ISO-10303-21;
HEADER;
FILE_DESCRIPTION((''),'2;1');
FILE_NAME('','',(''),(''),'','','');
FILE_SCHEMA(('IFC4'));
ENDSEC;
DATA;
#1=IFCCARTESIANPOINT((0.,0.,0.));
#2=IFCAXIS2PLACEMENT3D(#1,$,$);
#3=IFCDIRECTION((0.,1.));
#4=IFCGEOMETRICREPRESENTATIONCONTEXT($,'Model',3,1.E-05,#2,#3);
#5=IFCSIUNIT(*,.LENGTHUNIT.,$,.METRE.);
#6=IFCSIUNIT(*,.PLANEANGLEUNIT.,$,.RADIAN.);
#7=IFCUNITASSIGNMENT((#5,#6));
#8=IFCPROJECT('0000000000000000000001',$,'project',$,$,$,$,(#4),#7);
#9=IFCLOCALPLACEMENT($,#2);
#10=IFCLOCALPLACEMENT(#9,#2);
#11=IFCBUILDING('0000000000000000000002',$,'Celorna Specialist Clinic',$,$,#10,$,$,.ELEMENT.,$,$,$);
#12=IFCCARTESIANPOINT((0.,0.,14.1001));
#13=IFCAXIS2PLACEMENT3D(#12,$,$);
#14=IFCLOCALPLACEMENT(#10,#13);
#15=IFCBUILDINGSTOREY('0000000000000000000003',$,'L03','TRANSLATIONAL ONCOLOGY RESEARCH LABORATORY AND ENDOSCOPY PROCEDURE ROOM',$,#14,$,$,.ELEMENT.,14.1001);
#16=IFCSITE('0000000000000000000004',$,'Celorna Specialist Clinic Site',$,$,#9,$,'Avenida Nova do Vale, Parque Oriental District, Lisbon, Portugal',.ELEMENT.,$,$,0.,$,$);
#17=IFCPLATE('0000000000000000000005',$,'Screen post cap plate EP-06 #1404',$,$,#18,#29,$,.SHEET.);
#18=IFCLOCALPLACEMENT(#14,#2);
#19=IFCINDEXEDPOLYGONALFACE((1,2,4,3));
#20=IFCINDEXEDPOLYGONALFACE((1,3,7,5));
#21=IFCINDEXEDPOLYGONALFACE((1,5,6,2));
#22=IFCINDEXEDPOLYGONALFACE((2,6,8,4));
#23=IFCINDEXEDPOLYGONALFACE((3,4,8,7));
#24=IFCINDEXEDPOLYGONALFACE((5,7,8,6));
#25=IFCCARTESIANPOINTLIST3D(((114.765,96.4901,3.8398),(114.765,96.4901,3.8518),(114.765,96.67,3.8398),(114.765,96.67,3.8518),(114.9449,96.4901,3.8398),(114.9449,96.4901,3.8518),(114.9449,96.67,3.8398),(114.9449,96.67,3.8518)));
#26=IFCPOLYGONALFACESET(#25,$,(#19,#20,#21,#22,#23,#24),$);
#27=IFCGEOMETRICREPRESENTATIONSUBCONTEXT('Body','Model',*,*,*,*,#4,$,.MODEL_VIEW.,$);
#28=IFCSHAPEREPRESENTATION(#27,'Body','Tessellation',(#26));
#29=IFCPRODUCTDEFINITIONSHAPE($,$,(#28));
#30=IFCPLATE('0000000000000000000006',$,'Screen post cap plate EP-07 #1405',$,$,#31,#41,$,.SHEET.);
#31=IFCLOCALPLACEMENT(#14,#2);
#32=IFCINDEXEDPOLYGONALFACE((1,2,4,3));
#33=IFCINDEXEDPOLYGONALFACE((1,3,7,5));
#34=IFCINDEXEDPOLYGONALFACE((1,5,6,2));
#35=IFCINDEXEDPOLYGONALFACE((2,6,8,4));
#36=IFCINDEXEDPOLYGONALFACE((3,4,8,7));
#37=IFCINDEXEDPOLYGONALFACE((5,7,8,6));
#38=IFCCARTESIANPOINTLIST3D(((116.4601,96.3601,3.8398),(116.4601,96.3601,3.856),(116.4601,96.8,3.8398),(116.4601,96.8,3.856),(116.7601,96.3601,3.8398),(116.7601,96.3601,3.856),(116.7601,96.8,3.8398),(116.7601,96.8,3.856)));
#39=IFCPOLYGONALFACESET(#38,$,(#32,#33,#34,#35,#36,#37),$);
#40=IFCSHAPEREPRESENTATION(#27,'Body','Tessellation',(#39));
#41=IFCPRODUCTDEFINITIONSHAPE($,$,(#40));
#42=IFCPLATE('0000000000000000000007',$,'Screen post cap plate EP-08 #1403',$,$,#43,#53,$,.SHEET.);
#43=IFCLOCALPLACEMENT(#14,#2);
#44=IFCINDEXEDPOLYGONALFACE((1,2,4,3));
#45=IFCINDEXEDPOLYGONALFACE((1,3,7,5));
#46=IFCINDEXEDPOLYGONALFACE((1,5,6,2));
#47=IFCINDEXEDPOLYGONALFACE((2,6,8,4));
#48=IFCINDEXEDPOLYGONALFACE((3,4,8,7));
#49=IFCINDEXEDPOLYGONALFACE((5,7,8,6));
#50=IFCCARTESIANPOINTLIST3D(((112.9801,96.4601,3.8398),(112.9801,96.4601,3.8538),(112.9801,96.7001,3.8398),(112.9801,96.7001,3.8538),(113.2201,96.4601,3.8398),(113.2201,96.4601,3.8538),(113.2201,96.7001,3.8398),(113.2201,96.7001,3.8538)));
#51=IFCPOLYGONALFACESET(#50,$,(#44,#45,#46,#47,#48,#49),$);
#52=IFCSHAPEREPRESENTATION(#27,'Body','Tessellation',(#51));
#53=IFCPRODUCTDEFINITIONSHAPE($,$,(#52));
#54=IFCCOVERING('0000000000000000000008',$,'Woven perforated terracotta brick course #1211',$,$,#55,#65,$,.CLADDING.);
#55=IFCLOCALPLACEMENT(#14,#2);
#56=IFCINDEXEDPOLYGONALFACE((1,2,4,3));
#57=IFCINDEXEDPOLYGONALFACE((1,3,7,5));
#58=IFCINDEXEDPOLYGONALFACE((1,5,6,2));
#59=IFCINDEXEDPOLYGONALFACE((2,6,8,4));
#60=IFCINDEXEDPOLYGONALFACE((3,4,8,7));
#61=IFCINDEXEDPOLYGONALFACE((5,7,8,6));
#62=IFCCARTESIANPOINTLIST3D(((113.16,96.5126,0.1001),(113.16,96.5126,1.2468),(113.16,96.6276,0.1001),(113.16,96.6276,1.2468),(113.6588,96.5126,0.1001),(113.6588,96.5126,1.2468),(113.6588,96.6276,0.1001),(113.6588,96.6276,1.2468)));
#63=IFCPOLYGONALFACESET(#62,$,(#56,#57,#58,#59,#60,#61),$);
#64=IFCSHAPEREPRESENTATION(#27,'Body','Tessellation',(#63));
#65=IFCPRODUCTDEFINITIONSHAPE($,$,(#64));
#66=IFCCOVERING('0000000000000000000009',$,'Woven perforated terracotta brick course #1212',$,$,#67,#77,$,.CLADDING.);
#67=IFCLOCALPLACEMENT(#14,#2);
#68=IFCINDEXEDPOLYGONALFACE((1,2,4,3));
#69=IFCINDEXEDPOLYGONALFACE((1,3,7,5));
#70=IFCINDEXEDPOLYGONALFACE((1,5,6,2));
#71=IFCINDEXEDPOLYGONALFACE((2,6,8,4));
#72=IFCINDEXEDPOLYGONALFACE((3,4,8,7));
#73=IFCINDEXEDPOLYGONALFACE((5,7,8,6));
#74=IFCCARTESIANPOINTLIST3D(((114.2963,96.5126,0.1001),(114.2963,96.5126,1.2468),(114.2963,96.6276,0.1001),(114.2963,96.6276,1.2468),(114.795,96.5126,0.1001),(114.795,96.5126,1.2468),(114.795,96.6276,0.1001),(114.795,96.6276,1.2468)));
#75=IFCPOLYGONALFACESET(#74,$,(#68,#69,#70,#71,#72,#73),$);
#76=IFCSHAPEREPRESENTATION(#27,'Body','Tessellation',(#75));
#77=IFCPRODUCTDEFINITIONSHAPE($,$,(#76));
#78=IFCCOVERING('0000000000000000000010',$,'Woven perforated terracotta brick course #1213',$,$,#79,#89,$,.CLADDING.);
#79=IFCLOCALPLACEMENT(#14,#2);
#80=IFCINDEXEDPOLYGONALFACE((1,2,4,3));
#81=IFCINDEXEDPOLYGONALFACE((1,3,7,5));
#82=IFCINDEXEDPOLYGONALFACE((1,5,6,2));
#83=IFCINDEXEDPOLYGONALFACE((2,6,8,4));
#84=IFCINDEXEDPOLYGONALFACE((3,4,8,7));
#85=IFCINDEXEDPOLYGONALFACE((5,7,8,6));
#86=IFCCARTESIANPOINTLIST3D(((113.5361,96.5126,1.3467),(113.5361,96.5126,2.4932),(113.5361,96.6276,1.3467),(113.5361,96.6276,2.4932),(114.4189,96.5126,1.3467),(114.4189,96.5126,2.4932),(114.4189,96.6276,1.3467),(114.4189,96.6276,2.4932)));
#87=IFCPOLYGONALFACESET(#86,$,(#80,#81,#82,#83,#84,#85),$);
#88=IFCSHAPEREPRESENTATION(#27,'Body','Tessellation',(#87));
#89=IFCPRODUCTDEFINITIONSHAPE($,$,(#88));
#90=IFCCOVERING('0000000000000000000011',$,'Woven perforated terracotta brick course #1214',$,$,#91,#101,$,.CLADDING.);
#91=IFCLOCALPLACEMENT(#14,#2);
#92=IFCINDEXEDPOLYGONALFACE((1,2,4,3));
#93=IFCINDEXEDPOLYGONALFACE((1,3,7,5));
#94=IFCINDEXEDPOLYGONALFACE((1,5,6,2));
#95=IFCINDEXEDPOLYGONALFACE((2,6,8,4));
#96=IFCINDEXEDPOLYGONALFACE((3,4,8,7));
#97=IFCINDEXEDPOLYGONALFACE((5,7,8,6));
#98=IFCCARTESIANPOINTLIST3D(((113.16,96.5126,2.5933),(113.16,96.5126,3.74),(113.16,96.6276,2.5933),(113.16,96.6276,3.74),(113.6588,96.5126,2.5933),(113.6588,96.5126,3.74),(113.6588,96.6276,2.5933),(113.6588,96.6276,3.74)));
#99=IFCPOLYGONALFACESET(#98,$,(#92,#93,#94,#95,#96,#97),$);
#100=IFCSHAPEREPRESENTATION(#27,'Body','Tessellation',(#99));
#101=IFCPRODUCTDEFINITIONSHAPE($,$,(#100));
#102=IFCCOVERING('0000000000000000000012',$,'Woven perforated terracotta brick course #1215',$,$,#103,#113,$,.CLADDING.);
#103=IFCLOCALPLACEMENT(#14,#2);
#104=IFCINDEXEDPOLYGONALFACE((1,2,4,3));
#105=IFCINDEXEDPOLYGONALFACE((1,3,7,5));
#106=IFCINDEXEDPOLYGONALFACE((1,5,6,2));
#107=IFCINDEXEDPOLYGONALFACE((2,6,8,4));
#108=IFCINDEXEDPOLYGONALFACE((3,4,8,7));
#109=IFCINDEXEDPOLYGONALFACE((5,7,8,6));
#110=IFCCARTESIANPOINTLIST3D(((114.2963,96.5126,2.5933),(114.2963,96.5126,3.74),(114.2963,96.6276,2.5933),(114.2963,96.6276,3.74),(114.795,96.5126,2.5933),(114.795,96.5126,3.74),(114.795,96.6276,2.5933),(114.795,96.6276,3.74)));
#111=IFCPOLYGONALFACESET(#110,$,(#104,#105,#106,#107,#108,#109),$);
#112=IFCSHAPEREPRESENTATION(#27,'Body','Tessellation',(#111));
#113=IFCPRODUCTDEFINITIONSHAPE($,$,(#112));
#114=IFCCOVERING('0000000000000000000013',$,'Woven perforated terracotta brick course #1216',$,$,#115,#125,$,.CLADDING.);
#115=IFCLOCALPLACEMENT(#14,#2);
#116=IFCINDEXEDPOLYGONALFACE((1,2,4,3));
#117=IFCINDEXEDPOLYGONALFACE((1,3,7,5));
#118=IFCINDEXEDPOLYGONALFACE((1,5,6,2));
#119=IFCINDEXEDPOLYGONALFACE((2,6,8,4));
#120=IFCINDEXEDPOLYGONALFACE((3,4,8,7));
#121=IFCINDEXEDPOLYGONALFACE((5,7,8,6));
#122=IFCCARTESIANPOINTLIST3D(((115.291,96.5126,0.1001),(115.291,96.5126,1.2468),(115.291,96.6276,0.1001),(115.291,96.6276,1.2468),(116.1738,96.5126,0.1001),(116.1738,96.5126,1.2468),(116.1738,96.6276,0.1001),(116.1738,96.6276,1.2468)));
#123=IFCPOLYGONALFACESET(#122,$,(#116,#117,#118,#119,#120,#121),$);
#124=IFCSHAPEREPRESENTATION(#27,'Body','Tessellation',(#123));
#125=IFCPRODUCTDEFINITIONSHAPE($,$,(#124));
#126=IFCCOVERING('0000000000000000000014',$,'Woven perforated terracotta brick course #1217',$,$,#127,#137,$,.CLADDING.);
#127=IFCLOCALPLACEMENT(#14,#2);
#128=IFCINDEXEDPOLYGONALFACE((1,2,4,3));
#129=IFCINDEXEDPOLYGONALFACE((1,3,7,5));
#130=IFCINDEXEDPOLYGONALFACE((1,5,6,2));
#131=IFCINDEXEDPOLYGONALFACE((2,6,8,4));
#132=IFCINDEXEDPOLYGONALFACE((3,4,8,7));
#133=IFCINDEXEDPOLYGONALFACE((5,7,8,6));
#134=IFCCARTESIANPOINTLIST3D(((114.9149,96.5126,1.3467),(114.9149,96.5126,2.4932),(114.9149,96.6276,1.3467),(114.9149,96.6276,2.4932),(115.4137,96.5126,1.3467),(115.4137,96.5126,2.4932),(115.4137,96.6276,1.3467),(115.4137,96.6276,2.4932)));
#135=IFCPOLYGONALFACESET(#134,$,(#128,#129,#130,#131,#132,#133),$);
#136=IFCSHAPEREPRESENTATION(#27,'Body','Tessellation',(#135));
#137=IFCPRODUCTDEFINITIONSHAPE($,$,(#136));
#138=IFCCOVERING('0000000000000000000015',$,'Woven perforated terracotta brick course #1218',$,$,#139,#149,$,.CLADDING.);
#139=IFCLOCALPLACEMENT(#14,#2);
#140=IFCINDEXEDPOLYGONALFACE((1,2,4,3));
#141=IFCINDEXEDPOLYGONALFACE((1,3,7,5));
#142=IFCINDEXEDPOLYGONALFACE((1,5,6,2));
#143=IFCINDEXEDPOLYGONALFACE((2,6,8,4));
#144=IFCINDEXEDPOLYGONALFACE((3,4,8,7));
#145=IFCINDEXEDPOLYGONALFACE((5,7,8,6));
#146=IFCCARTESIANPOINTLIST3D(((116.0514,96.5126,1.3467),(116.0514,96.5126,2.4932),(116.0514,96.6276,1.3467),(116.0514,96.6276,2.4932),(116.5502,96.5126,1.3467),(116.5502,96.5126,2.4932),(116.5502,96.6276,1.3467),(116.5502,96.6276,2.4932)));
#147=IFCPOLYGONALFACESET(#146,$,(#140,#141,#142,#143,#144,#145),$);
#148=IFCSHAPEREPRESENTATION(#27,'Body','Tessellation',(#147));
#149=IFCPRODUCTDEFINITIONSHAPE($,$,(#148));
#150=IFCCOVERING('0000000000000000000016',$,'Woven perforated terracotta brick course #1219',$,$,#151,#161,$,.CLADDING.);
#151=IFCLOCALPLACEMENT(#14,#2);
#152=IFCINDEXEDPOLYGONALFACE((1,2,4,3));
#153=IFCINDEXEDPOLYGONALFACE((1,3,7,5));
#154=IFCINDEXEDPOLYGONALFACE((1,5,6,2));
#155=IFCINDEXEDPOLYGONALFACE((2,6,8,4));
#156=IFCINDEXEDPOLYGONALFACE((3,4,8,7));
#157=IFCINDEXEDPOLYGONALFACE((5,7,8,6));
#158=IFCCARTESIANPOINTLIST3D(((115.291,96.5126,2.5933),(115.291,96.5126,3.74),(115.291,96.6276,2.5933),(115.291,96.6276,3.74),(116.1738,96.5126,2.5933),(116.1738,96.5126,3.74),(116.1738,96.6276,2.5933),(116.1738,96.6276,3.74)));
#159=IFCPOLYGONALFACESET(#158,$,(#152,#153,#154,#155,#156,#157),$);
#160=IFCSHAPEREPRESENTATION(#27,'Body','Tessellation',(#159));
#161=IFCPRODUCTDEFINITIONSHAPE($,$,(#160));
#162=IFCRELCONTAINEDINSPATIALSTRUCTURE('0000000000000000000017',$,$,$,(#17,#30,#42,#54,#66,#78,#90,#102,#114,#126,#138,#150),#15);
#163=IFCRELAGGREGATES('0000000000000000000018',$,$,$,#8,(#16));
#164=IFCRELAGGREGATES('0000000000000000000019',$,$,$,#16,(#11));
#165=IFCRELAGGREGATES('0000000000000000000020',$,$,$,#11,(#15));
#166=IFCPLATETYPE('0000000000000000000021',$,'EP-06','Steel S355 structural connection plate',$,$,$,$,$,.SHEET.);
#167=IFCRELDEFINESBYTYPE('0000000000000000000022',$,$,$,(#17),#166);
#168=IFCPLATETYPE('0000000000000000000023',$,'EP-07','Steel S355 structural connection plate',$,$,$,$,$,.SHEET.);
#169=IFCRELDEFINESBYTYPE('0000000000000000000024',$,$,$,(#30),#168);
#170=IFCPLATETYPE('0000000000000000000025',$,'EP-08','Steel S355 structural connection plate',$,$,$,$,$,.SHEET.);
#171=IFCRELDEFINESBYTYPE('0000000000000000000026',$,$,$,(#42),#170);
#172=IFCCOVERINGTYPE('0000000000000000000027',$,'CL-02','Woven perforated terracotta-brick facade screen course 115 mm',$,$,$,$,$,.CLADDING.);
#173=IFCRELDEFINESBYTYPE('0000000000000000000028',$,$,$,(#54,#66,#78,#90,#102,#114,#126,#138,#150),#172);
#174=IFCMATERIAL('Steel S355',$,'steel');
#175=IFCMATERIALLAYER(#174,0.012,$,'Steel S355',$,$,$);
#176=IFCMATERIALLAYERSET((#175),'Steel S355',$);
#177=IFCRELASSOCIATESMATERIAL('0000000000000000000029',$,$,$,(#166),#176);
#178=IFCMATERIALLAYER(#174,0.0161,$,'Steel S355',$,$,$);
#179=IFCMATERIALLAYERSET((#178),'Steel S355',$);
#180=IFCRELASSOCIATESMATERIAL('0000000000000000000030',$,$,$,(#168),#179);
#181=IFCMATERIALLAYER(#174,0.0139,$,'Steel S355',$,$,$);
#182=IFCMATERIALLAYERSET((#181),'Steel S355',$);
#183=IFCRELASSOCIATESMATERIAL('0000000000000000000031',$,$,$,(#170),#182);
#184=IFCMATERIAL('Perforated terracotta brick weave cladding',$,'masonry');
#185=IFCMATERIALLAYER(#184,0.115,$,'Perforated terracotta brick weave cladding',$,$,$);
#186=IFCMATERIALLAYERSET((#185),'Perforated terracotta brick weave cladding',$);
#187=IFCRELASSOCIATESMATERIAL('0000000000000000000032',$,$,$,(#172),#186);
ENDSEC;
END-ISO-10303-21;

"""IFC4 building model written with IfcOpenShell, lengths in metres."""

from ifc_helpers import new_model, si_unit, direction, frame, origin, origin_2d, place, context, subcontext, project, spatial, rectangle, extrude, material, layer, layer_set, type_object, element, save


model = new_model("IFC4")

# Units and contexts
model_context = context("Model", 3, precision=1e-05, world=origin(), true_north=direction((0.0, 1.0)))
body_context = subcontext(model_context, "Body", "Model", "MODEL_VIEW")
ifc_project = project(units=[si_unit("LENGTHUNIT", "METRE"), si_unit("PLANEANGLEUNIT", "RADIAN")], contexts=[model_context])

# Site, building, storey
site_placement = place(None, origin())
site = spatial("IfcSite", under=ifc_project, at=site_placement, Name="Celorna Specialist Clinic Site", LongName="Avenida Nova do Vale, Parque Oriental District, Lisbon, Portugal", CompositionType="ELEMENT", RefElevation=0.0)
building_placement = place(site_placement, origin())
building = spatial("IfcBuilding", under=site, at=building_placement, Name="Celorna Specialist Clinic", CompositionType="ELEMENT")
storey_placement = place(building_placement, frame((0.0, 0.0, 14.1001)))
storey = spatial("IfcBuildingStorey", under=building, at=storey_placement, Name="L03", Description="TRANSLATIONAL ONCOLOGY RESEARCH LABORATORY AND ENDOSCOPY PROCEDURE ROOM", CompositionType="ELEMENT", Elevation=14.1001)

# Shared definitions
ifc_material_1 = material(Name="Steel S355", Category="steel")

# Plates
ifc_layer_1 = layer(ifc_material_1, 0.012, Name="Steel S355")
ifc_layer_set_1 = layer_set([ifc_layer_1], Name="Steel S355")
plate_type_1 = type_object("IfcPlateType", Name="EP-06", Description="Steel S355 structural connection plate", PredefinedType="SHEET", material=ifc_layer_set_1)
plate_1_placement = place(storey_placement, frame((114.855, 96.5801, 3.8398), z_axis=(0.0, 0.0, 1.0), x_axis=(1.0, 0.0, 0.0)))
element("IfcPlate", 1, at=plate_1_placement, inside=storey, type_object=plate_type_1, Name="Screen post cap plate EP-06 #1404", PredefinedType="SHEET", context=body_context, shape_type="SweptSolid", body=[
    extrude(rectangle(XDim=0.1799, YDim=0.1799, at=origin_2d()), origin(), (0.0, 0.0, 1.0), 0.012),
])
ifc_layer_2 = layer(ifc_material_1, 0.0161, Name="Steel S355")
ifc_layer_set_2 = layer_set([ifc_layer_2], Name="Steel S355")
plate_type_2 = type_object("IfcPlateType", Name="EP-07", Description="Steel S355 structural connection plate", PredefinedType="SHEET", material=ifc_layer_set_2)
plate_2_placement = place(storey_placement, frame((116.6101, 96.5801, 3.8398), z_axis=(0.0, 0.0, 1.0), x_axis=(1.0, 0.0, 0.0)))
element("IfcPlate", 2, at=plate_2_placement, inside=storey, type_object=plate_type_2, Name="Screen post cap plate EP-07 #1405", PredefinedType="SHEET", context=body_context, shape_type="SweptSolid", body=[
    extrude(rectangle(XDim=0.3, YDim=0.4399, at=origin_2d()), origin(), (0.0, 0.0, 1.0), 0.0161),
])
ifc_layer_3 = layer(ifc_material_1, 0.0139, Name="Steel S355")
ifc_layer_set_3 = layer_set([ifc_layer_3], Name="Steel S355")
plate_type_3 = type_object("IfcPlateType", Name="EP-08", Description="Steel S355 structural connection plate", PredefinedType="SHEET", material=ifc_layer_set_3)
plate_3_placement = place(storey_placement, frame((113.1001, 96.5801, 3.8398), z_axis=(0.0, 0.0, 1.0), x_axis=(1.0, 0.0, 0.0)))
element("IfcPlate", 3, at=plate_3_placement, inside=storey, type_object=plate_type_3, Name="Screen post cap plate EP-08 #1403", PredefinedType="SHEET", context=body_context, shape_type="SweptSolid", body=[
    extrude(rectangle(XDim=0.24, YDim=0.24, at=origin_2d()), origin(), (0.0, 0.0, 1.0), 0.0139),
])

# Coverings
ifc_material_2 = material(Name="Perforated terracotta brick weave cladding", Category="masonry")
ifc_layer_4 = layer(ifc_material_2, 0.115, Name="Perforated terracotta brick weave cladding")
ifc_layer_set_4 = layer_set([ifc_layer_4], Name="Perforated terracotta brick weave cladding")
covering_type = type_object("IfcCoveringType", Name="CL-02", Description="Woven perforated terracotta-brick facade screen course 115 mm", PredefinedType="CLADDING", material=ifc_layer_set_4)
for number, where, z_axis, x_axis, name in (
    (4, (113.4094, 96.5701, 0.1001), (0.0, 0.0, 1.0), (1.0, 0.0, 0.0), "Woven perforated terracotta brick course #1211"),
    (5, (114.5457, 96.5701, 0.1001), (0.0, 0.0, 1.0), (1.0, 0.0, 0.0), "Woven perforated terracotta brick course #1212"),
):
    element("IfcCovering", number, at=place(storey_placement, frame(where, z_axis=z_axis, x_axis=x_axis)), inside=storey, type_object=covering_type, Name=name, PredefinedType="CLADDING", context=body_context, shape_type="SweptSolid", body=[
        extrude(rectangle(XDim=0.4988, YDim=0.115, at=origin_2d()), origin(), (0.0, 0.0, 1.0), 1.1467),
    ])
covering_1_placement = place(storey_placement, frame((113.9775, 96.5701, 1.3467), z_axis=(0.0, 0.0, 1.0), x_axis=(1.0, 0.0, 0.0)))
element("IfcCovering", 6, at=covering_1_placement, inside=storey, type_object=covering_type, Name="Woven perforated terracotta brick course #1213", PredefinedType="CLADDING", context=body_context, shape_type="SweptSolid", body=[
    extrude(rectangle(XDim=0.8828, YDim=0.115, at=origin_2d()), origin(), (0.0, 0.0, 1.0), 1.1465),
])
for number, where, z_axis, x_axis, name in (
    (7, (113.4094, 96.5701, 2.5933), (0.0, 0.0, 1.0), (1.0, 0.0, 0.0), "Woven perforated terracotta brick course #1214"),
    (8, (114.5457, 96.5701, 2.5933), (0.0, 0.0, 1.0), (1.0, 0.0, 0.0), "Woven perforated terracotta brick course #1215"),
):
    element("IfcCovering", number, at=place(storey_placement, frame(where, z_axis=z_axis, x_axis=x_axis)), inside=storey, type_object=covering_type, Name=name, PredefinedType="CLADDING", context=body_context, shape_type="SweptSolid", body=[
        extrude(rectangle(XDim=0.4988, YDim=0.115, at=origin_2d()), origin(), (0.0, 0.0, 1.0), 1.1467),
    ])
covering_2_placement = place(storey_placement, frame((115.7324, 96.5701, 0.1001), z_axis=(0.0, 0.0, 1.0), x_axis=(1.0, 0.0, 0.0)))
element("IfcCovering", 9, at=covering_2_placement, inside=storey, type_object=covering_type, Name="Woven perforated terracotta brick course #1216", PredefinedType="CLADDING", context=body_context, shape_type="SweptSolid", body=[
    extrude(rectangle(XDim=0.8828, YDim=0.115, at=origin_2d()), origin(), (0.0, 0.0, 1.0), 1.1467),
])
for number, where, z_axis, x_axis, name in (
    (10, (115.1643, 96.5701, 1.3467), (0.0, 0.0, 1.0), (1.0, 0.0, 0.0), "Woven perforated terracotta brick course #1217"),
    (11, (116.3008, 96.5701, 1.3467), (0.0, 0.0, 1.0), (1.0, 0.0, 0.0), "Woven perforated terracotta brick course #1218"),
):
    element("IfcCovering", number, at=place(storey_placement, frame(where, z_axis=z_axis, x_axis=x_axis)), inside=storey, type_object=covering_type, Name=name, PredefinedType="CLADDING", context=body_context, shape_type="SweptSolid", body=[
        extrude(rectangle(XDim=0.4988, YDim=0.115, at=origin_2d()), origin(), (0.0, 0.0, 1.0), 1.1465),
    ])
covering_3_placement = place(storey_placement, frame((115.7324, 96.5701, 2.5933), z_axis=(0.0, 0.0, 1.0), x_axis=(1.0, 0.0, 0.0)))
element("IfcCovering", 12, at=covering_3_placement, inside=storey, type_object=covering_type, Name="Woven perforated terracotta brick course #1219", PredefinedType="CLADDING", context=body_context, shape_type="SweptSolid", body=[
    extrude(rectangle(XDim=0.8828, YDim=0.115, at=origin_2d()), origin(), (0.0, 0.0, 1.0), 1.1467),
])

save(model, "model.ifc")
